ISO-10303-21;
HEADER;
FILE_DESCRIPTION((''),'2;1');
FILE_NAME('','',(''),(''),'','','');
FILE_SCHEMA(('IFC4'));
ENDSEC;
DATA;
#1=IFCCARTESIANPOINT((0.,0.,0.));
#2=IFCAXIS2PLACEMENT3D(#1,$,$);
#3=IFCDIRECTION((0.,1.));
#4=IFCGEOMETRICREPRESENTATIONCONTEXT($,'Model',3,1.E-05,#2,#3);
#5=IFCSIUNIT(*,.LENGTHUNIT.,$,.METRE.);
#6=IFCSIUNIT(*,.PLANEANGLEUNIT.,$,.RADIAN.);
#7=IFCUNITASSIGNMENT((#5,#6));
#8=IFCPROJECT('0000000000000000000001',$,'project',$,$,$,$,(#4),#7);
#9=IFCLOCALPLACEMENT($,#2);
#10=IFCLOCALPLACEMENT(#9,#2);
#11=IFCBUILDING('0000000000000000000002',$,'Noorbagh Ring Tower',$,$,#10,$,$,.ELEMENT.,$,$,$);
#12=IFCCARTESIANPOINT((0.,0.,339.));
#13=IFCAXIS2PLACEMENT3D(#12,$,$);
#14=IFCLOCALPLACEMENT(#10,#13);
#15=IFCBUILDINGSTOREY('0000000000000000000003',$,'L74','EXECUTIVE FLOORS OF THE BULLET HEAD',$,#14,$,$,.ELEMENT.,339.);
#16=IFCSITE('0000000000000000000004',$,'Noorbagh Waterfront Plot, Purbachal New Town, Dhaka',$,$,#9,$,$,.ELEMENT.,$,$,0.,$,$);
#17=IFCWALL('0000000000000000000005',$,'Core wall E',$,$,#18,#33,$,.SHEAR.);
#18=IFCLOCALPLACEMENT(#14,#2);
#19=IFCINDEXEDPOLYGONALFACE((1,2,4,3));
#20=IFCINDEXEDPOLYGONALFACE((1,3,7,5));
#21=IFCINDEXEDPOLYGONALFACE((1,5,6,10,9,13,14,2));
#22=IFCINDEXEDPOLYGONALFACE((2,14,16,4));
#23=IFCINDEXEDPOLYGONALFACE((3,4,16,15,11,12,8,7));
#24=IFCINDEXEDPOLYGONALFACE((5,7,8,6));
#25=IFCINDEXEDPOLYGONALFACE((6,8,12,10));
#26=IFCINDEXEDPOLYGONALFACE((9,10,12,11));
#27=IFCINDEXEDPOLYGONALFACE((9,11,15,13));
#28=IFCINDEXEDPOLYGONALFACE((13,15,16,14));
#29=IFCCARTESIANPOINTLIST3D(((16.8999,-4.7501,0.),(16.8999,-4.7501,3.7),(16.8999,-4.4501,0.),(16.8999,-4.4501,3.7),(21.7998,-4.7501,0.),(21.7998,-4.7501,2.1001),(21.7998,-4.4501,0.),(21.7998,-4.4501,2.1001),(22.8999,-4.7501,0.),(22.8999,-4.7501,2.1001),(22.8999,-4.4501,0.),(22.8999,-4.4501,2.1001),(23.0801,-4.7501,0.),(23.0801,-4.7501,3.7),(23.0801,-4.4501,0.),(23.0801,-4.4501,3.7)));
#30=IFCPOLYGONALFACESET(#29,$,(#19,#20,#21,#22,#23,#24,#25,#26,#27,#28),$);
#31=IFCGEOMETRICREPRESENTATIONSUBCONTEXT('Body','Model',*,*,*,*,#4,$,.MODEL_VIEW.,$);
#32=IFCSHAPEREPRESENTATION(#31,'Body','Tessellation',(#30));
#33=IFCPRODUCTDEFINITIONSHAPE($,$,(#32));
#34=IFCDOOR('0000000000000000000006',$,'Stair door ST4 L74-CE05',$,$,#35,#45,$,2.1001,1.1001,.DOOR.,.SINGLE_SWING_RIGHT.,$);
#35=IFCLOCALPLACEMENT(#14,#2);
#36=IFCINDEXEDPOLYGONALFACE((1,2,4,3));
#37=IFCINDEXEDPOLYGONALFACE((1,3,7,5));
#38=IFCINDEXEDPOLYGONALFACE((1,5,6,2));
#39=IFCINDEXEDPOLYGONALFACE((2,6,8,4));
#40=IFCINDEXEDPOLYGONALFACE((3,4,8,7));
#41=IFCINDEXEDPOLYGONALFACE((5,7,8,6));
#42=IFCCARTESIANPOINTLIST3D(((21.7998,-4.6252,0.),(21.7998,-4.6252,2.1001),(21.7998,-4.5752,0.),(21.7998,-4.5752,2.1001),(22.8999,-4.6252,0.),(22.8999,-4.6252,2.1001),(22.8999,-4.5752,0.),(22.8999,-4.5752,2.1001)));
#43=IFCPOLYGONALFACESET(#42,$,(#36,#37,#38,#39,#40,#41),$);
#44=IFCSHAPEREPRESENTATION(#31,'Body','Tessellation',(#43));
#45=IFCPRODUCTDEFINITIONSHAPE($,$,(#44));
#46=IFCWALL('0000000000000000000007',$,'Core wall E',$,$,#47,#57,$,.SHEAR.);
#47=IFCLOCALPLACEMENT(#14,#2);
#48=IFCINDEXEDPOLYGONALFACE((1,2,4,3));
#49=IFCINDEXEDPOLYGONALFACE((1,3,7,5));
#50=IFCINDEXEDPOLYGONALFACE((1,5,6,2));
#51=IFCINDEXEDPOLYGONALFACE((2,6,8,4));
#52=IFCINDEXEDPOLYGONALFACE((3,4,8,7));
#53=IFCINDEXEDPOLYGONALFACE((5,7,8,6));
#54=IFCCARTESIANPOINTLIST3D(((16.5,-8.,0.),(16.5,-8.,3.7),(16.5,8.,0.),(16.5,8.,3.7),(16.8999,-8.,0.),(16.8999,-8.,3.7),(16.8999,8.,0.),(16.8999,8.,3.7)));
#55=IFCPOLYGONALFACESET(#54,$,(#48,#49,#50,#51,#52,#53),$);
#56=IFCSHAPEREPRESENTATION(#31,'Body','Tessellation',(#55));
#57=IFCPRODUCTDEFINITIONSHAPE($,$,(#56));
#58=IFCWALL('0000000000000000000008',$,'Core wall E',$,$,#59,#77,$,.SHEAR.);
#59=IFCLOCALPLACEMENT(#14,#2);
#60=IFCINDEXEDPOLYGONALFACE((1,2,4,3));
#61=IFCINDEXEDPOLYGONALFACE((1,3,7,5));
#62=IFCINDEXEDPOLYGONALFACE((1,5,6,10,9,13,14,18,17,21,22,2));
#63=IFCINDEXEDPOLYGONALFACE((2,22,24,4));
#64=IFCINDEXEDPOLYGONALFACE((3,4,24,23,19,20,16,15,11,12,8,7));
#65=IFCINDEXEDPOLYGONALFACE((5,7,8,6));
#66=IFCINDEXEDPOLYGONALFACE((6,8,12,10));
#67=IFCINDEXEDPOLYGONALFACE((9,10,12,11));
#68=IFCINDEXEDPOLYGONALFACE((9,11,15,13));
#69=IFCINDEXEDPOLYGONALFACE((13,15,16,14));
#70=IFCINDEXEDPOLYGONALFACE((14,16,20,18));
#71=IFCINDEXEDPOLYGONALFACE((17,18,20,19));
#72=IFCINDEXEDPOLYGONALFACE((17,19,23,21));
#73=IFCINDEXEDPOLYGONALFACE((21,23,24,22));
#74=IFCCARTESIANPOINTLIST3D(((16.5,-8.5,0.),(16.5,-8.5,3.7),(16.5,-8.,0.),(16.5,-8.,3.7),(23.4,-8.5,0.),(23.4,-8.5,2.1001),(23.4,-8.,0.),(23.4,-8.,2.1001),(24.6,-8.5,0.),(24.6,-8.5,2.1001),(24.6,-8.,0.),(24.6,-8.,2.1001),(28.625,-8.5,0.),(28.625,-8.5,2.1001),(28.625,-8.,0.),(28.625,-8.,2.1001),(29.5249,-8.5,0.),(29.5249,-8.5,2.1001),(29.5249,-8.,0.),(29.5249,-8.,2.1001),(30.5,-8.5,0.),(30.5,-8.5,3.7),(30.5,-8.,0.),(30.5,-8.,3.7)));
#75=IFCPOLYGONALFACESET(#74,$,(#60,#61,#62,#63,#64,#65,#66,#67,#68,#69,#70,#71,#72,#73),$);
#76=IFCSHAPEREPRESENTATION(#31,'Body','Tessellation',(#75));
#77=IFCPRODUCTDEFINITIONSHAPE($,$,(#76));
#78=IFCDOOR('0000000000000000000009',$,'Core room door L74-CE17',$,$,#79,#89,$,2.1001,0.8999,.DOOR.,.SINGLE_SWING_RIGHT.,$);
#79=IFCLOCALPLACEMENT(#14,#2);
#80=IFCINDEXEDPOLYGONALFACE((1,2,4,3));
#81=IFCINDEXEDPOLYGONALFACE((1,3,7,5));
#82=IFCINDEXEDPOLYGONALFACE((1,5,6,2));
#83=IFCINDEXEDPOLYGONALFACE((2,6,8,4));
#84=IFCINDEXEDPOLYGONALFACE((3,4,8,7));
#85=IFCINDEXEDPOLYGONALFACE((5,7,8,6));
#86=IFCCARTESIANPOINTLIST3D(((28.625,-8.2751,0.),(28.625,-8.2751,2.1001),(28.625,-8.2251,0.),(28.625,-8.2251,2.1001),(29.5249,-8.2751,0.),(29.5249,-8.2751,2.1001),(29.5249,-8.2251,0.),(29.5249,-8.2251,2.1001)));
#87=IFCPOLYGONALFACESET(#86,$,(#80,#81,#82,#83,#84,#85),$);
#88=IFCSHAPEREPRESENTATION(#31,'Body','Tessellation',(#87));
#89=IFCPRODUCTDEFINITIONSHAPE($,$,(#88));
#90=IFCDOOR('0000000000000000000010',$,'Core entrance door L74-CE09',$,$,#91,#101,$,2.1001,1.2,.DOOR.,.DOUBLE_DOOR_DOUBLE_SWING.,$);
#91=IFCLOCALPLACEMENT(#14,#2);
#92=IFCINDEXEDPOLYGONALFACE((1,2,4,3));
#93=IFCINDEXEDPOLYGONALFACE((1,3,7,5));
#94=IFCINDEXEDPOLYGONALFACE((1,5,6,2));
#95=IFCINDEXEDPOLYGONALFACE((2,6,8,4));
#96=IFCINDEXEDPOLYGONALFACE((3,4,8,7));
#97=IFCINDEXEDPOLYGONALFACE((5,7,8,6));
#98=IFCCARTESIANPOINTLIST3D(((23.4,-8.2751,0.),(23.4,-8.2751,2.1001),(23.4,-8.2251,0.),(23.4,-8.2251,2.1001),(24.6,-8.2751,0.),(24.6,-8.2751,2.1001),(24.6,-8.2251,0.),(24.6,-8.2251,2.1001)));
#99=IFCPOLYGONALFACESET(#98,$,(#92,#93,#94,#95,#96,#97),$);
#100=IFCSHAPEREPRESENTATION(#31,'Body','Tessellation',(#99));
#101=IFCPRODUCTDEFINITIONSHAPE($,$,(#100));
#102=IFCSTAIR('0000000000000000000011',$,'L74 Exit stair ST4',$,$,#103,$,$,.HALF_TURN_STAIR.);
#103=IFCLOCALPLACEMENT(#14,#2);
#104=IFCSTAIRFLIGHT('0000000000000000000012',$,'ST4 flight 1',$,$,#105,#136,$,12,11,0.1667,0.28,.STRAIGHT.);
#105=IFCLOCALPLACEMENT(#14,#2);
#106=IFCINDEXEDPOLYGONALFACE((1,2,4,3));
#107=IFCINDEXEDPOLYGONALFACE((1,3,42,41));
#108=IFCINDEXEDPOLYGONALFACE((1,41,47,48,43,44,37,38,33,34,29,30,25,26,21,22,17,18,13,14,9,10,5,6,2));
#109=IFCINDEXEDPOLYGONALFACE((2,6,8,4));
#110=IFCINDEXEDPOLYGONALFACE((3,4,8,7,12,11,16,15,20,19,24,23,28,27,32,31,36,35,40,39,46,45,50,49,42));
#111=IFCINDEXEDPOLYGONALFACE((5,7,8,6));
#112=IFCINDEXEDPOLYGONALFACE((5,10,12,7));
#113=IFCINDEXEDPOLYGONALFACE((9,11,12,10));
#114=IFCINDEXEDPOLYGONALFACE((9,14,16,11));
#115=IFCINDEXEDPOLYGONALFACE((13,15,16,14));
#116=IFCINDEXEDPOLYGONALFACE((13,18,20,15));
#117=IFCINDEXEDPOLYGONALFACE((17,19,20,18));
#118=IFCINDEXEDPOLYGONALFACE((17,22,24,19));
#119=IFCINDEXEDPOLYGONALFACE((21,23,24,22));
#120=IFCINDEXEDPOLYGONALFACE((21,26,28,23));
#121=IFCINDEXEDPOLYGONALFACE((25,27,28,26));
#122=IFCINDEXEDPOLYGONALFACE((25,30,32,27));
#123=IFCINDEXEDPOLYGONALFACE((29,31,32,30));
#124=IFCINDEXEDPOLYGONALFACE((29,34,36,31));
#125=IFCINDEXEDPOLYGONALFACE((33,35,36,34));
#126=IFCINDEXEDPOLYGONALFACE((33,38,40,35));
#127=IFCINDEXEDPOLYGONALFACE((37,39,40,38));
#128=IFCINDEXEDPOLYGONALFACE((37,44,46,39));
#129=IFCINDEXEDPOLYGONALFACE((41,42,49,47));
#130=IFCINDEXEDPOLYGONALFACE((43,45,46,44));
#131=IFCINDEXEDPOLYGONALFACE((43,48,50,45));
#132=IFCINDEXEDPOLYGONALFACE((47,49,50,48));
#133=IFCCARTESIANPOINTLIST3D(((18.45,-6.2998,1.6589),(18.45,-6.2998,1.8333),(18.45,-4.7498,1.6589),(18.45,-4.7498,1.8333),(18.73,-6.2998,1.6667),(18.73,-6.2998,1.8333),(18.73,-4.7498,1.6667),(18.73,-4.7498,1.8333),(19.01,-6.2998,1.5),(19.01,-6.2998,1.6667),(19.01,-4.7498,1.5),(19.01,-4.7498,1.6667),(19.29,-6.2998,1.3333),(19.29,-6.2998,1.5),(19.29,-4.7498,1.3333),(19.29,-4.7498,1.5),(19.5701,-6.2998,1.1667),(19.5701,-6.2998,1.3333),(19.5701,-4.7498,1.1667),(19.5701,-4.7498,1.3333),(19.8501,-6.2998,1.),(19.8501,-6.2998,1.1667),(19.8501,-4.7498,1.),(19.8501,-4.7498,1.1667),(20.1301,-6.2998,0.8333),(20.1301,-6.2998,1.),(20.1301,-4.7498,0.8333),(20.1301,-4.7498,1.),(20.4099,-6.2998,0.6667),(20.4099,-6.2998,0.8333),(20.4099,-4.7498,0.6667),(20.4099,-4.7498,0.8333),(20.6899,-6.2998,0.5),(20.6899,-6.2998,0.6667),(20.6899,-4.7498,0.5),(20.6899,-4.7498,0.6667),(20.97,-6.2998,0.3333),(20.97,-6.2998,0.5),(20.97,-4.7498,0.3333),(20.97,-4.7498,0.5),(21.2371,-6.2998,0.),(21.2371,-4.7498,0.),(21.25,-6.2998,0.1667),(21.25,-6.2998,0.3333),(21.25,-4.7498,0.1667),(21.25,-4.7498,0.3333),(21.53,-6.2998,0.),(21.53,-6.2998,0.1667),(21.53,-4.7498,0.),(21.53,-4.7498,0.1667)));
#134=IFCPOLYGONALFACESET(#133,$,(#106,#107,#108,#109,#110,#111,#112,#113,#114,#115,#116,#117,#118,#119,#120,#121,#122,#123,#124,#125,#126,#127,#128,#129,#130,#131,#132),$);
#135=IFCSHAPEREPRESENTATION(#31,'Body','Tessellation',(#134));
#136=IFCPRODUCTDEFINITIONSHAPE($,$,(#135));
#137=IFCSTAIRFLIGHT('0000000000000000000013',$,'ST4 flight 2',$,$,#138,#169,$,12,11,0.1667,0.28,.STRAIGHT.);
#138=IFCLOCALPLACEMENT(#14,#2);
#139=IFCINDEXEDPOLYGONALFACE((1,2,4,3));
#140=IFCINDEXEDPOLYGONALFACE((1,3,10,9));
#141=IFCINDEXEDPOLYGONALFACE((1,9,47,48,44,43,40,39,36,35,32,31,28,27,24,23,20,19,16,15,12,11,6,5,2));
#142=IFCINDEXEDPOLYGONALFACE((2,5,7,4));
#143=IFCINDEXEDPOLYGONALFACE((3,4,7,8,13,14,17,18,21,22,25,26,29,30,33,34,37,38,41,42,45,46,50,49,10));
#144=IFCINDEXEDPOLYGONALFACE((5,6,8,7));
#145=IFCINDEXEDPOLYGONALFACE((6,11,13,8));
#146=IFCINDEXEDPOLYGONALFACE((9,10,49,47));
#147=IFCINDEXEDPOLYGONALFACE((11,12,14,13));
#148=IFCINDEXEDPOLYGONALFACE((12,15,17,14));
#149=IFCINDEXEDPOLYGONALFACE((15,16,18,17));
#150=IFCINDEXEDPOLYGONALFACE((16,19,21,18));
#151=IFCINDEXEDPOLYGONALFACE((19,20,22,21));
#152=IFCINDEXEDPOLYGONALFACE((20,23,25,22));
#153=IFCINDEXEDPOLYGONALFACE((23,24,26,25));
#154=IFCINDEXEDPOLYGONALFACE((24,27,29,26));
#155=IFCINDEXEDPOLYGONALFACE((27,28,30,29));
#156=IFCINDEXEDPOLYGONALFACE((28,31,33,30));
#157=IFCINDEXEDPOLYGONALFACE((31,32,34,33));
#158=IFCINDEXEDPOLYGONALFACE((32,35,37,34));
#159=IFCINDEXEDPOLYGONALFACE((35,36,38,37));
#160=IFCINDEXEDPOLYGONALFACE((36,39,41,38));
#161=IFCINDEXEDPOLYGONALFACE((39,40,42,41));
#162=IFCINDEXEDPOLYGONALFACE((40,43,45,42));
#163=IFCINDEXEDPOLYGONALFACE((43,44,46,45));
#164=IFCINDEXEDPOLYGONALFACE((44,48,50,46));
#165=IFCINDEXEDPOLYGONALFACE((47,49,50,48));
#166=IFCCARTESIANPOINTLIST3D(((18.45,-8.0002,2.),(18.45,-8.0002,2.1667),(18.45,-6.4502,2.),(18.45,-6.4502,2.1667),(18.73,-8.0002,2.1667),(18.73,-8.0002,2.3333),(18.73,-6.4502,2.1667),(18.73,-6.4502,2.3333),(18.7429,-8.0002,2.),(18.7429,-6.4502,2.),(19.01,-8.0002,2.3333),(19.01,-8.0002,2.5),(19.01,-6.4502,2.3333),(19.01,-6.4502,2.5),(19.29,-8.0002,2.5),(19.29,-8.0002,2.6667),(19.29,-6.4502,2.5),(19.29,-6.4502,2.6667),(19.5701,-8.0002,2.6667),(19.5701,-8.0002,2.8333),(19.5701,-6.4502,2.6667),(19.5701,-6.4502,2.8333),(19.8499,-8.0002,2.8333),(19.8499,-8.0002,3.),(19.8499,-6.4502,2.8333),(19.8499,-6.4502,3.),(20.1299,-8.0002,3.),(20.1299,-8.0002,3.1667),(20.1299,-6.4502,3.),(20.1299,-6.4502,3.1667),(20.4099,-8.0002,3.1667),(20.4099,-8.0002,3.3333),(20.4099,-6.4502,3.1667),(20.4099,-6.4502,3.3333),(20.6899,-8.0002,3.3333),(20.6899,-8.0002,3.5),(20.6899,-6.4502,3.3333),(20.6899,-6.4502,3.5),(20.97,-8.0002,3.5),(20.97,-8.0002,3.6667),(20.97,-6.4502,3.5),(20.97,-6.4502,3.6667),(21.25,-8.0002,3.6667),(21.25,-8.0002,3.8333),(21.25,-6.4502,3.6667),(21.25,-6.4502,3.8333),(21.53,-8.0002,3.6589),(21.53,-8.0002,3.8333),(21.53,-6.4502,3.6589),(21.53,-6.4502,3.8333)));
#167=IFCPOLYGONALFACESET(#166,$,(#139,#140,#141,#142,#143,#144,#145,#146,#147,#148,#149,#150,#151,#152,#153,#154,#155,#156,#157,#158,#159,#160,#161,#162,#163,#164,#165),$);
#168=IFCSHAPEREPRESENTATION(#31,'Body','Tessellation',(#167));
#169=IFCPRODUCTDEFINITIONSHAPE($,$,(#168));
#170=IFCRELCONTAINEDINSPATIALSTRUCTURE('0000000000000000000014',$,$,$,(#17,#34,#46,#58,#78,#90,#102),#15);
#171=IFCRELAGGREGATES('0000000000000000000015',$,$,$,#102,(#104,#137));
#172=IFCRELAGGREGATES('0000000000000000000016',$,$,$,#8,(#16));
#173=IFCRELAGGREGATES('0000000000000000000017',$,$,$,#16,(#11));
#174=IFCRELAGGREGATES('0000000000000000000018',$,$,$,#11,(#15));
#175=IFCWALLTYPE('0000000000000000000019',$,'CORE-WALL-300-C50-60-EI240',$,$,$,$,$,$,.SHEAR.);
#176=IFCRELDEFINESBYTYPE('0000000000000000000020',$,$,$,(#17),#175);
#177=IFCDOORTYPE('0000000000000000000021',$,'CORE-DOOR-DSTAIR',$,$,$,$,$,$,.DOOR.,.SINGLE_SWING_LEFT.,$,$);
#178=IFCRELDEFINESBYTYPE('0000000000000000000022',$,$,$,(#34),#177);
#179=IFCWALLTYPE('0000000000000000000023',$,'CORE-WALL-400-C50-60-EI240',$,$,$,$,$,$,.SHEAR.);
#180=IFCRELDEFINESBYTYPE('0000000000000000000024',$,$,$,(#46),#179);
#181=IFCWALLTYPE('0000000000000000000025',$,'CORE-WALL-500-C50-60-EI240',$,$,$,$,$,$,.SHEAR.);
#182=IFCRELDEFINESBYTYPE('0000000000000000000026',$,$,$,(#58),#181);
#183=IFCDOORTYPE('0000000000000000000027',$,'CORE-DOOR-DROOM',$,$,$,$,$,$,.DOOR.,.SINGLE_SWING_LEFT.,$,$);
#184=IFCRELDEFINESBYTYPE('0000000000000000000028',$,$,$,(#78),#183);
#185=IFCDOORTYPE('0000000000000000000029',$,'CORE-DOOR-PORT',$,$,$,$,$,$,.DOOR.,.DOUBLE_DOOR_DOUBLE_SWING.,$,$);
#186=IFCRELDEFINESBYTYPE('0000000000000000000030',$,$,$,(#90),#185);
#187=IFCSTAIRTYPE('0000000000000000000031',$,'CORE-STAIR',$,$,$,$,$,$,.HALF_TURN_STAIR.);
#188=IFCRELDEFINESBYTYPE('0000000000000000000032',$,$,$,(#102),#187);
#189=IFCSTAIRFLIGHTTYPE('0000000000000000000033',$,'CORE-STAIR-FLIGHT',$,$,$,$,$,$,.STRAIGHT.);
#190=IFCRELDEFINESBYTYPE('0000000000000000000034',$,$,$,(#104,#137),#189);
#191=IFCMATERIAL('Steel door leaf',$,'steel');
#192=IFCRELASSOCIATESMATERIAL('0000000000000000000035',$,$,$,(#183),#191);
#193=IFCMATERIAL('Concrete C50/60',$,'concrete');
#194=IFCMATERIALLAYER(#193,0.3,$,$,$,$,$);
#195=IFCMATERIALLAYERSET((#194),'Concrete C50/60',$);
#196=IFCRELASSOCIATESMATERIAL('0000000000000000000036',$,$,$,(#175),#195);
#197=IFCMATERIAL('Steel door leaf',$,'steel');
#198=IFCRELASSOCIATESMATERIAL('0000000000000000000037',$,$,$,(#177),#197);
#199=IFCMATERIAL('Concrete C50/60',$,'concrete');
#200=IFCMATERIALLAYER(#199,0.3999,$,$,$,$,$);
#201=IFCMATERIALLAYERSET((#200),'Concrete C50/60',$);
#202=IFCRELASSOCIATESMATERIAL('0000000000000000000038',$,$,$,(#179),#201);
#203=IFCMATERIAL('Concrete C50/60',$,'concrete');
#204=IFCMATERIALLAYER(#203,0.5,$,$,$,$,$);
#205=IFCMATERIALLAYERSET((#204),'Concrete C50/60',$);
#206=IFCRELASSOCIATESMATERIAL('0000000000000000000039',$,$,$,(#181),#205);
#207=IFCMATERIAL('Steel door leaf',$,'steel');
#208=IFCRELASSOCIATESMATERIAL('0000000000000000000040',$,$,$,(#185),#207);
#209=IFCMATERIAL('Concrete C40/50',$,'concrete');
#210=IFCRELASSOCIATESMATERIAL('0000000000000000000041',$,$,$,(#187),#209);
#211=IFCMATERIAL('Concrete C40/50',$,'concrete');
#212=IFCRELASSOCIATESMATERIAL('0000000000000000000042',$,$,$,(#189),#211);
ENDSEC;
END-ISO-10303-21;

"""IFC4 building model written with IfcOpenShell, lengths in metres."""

from ifc_helpers import new_model, si_unit, direction, frame, frame_2d, origin, place, context, subcontext, project, spatial, polyline, rectangle, outline, extrude, material, layer, layer_set, type_object, element, fill, aggregate, save


model = new_model("IFC4")

# Units and contexts
model_context = context("Model", 3, precision=1e-05, world=origin(), true_north=direction((0.0, 1.0)))
body_context = subcontext(model_context, "Body", "Model", "MODEL_VIEW")
ifc_project = project(units=[si_unit("LENGTHUNIT", "METRE"), si_unit("PLANEANGLEUNIT", "RADIAN")], contexts=[model_context])

# Site, building, storey
site_placement = place(None, origin())
site = spatial("IfcSite", under=ifc_project, at=site_placement, Name="Noorbagh Waterfront Plot, Purbachal New Town, Dhaka", CompositionType="ELEMENT", RefElevation=0.0)
building_placement = place(site_placement, origin())
building = spatial("IfcBuilding", under=site, at=building_placement, Name="Noorbagh Ring Tower", CompositionType="ELEMENT")
storey_placement = place(building_placement, frame((0.0, 0.0, 339.0)))
storey = spatial("IfcBuildingStorey", under=building, at=storey_placement, Name="L74", Description="EXECUTIVE FLOORS OF THE BULLET HEAD", CompositionType="ELEMENT", Elevation=339.0)

# Shared definitions
ifc_material_1 = material(Name="Steel door leaf", Category="steel")
door_type_1 = type_object("IfcDoorType", Name="CORE-DOOR-DROOM", OperationType="SINGLE_SWING_LEFT", PredefinedType="DOOR", material=ifc_material_1)

# Wall, opening, door
ifc_material_2 = material(Name="Concrete C50/60", Category="concrete")
ifc_layer_1 = layer(ifc_material_2, 0.3)
ifc_layer_set_1 = layer_set([ifc_layer_1], Name="Concrete C50/60")
wall_type_1 = type_object("IfcWallType", Name="CORE-WALL-300-C50-60-EI240", PredefinedType="SHEAR", material=ifc_layer_set_1)
wall_1_placement = place(storey_placement, frame((16.8999, -4.6001, 0.0), z_axis=(0.0, 0.0, 1.0), x_axis=(1.0, 0.0, 0.0)))
wall_1 = element("IfcWall", 1, at=wall_1_placement, inside=storey, type_object=wall_type_1, Name="Core wall E", PredefinedType="SHEAR", context=body_context, shape_type="SweptSolid", body=[
    extrude(rectangle(XDim=6.1802, YDim=0.3, at=frame_2d((3.0901, 0.0))), origin(), (0.0, 0.0, 1.0), 3.7),
])
opening_1_placement = place(wall_1_placement, frame((4.8999, 0.0, 0.0)))
opening_1 = element("IfcOpeningElement", 2, at=opening_1_placement, cuts=wall_1, PredefinedType="OPENING", context=body_context, shape_type="SweptSolid", body=[
    extrude(rectangle(XDim=1.1001, YDim=2.1001, at=frame_2d((0.55, 1.05))), frame((0.0, 0.1602, 0.0), z_axis=(0.0, -1.0, 0.0), x_axis=(1.0, 0.0, 0.0)), (0.0, 0.0, 1.0), 0.3201),
])
ifc_material_3 = material(Name="Steel door leaf", Category="steel")
door_type_2 = type_object("IfcDoorType", Name="CORE-DOOR-DSTAIR", OperationType="SINGLE_SWING_LEFT", PredefinedType="DOOR", material=ifc_material_3)
door_1_placement = place(opening_1_placement, origin())
door_1 = element("IfcDoor", 3, at=door_1_placement, inside=storey, type_object=door_type_2, Name="Stair door ST4 L74-CE05", OperationType="SINGLE_SWING_RIGHT", OverallHeight=2.1001, OverallWidth=1.1001, PredefinedType="DOOR", context=body_context, shape_type="SweptSolid", body=[
    extrude(rectangle(XDim=1.1001, YDim=2.1001, at=frame_2d((0.55, 1.05))), frame((0.0, 0.0249, 0.0), z_axis=(0.0, -1.0, 0.0), x_axis=(1.0, 0.0, 0.0)), (0.0, 0.0, 1.0), 0.05),
])
fill(opening_1, door_1)

# Wall
ifc_material_4 = material(Name="Concrete C50/60", Category="concrete")
ifc_layer_2 = layer(ifc_material_4, 0.3999)
ifc_layer_set_2 = layer_set([ifc_layer_2], Name="Concrete C50/60")
wall_type_2 = type_object("IfcWallType", Name="CORE-WALL-400-C50-60-EI240", PredefinedType="SHEAR", material=ifc_layer_set_2)
wall_2_placement = place(storey_placement, frame((16.7, -8.0, 0.0), z_axis=(0.0, 0.0, 1.0), x_axis=(0.0, 1.0, 0.0)))
element("IfcWall", 4, at=wall_2_placement, inside=storey, type_object=wall_type_2, Name="Core wall E", PredefinedType="SHEAR", context=body_context, shape_type="SweptSolid", body=[
    extrude(rectangle(XDim=16.0, YDim=0.3999, at=frame_2d((8.0, 0.0))), origin(), (0.0, 0.0, 1.0), 3.7),
])

# Wall, openings, doors
ifc_material_5 = material(Name="Concrete C50/60", Category="concrete")
ifc_layer_3 = layer(ifc_material_5, 0.5)
ifc_layer_set_3 = layer_set([ifc_layer_3], Name="Concrete C50/60")
wall_type_3 = type_object("IfcWallType", Name="CORE-WALL-500-C50-60-EI240", PredefinedType="SHEAR", material=ifc_layer_set_3)
wall_3_placement = place(storey_placement, frame((16.5, -8.25, 0.0), z_axis=(0.0, 0.0, 1.0), x_axis=(1.0, 0.0, 0.0)))
wall_3 = element("IfcWall", 5, at=wall_3_placement, inside=storey, type_object=wall_type_3, Name="Core wall E", PredefinedType="SHEAR", context=body_context, shape_type="SweptSolid", body=[
    extrude(rectangle(XDim=14.0, YDim=0.5, at=frame_2d((7.0, 0.0))), origin(), (0.0, 0.0, 1.0), 3.7),
])
opening_2_placement = place(wall_3_placement, frame((6.8999, 0.0, 0.0)))
opening_2 = element("IfcOpeningElement", 6, at=opening_2_placement, cuts=wall_3, PredefinedType="OPENING", context=body_context, shape_type="SweptSolid", body=[
    extrude(rectangle(XDim=1.2, YDim=2.1001, at=frame_2d((0.6001, 1.05))), frame((0.0, 0.26, 0.0), z_axis=(0.0, -1.0, 0.0), x_axis=(1.0, 0.0, 0.0)), (0.0, 0.0, 1.0), 0.52),
])
opening_3_placement = place(wall_3_placement, frame((12.125, 0.0, 0.0)))
opening_3 = element("IfcOpeningElement", 7, at=opening_3_placement, cuts=wall_3, PredefinedType="OPENING", context=body_context, shape_type="SweptSolid", body=[
    extrude(rectangle(XDim=0.8999, YDim=2.1001, at=frame_2d((0.45, 1.05))), frame((0.0, 0.26, 0.0), z_axis=(0.0, -1.0, 0.0), x_axis=(1.0, 0.0, 0.0)), (0.0, 0.0, 1.0), 0.52),
])
door_2_placement = place(opening_3_placement, origin())
door_2 = element("IfcDoor", 8, at=door_2_placement, inside=storey, type_object=door_type_1, Name="Core room door L74-CE17", OperationType="SINGLE_SWING_RIGHT", OverallHeight=2.1001, OverallWidth=0.8999, PredefinedType="DOOR", context=body_context, shape_type="SweptSolid", body=[
    extrude(rectangle(XDim=0.8999, YDim=2.1001, at=frame_2d((0.45, 1.05))), frame((0.0, 0.0249, 0.0), z_axis=(0.0, -1.0, 0.0), x_axis=(1.0, 0.0, 0.0)), (0.0, 0.0, 1.0), 0.05),
])
fill(opening_3, door_2)
ifc_material_6 = material(Name="Steel door leaf", Category="steel")
door_type_3 = type_object("IfcDoorType", Name="CORE-DOOR-PORT", OperationType="DOUBLE_DOOR_DOUBLE_SWING", PredefinedType="DOOR", material=ifc_material_6)
door_3_placement = place(opening_2_placement, origin())
door_3 = element("IfcDoor", 9, at=door_3_placement, inside=storey, type_object=door_type_3, Name="Core entrance door L74-CE09", OperationType="DOUBLE_DOOR_DOUBLE_SWING", OverallHeight=2.1001, OverallWidth=1.2, PredefinedType="DOOR", context=body_context, shape_type="SweptSolid", body=[
    extrude(rectangle(XDim=1.2, YDim=2.1001, at=frame_2d((0.6001, 1.05))), frame((0.0, 0.0249, 0.0), z_axis=(0.0, -1.0, 0.0), x_axis=(1.0, 0.0, 0.0)), (0.0, 0.0, 1.0), 0.05),
])
fill(opening_2, door_3)

# Stair, stair flights
ifc_material_7 = material(Name="Concrete C40/50", Category="concrete")
stair_type = type_object("IfcStairType", Name="CORE-STAIR", PredefinedType="HALF_TURN_STAIR", material=ifc_material_7)
stair_placement = place(storey_placement, origin())
stair = element("IfcStair", 10, at=stair_placement, inside=storey, type_object=stair_type, Name="L74 Exit stair ST4", PredefinedType="HALF_TURN_STAIR")
ifc_material_8 = material(Name="Concrete C40/50", Category="concrete")
stair_flight_type = type_object("IfcStairFlightType", Name="CORE-STAIR-FLIGHT", PredefinedType="STRAIGHT", material=ifc_material_8)
stair_flight_1_placement = place(storey_placement, frame((21.53, -5.5249, 0.0), z_axis=(0.0, 0.0, 1.0), x_axis=(-1.0, 0.0, 0.0)))
stair_flight_1 = element("IfcStairFlight", 11, at=stair_flight_1_placement, type_object=stair_flight_type, Name="ST4 flight 1", NumberOfRisers=12, NumberOfTreads=11, PredefinedType="STRAIGHT", RiserHeight=0.1667, TreadLength=0.28, context=body_context, shape_type="SweptSolid", body=[
    extrude(outline(polyline([(0.0, 0.0), (0.0, 0.1667), (0.28, 0.1667), (0.28, 0.3333), (0.5601, 0.3333), (0.5601, 0.5), (0.8401, 0.5), (0.8401, 0.6667), (1.1201, 0.6667), (1.1201, 0.8333), (1.3999, 0.8333), (1.3999, 1.0), (1.6799, 1.0), (1.6799, 1.1667), (1.96, 1.1667), (1.96, 1.3333), (2.24, 1.3333), (2.24, 1.5), (2.52, 1.5), (2.52, 1.6667), (2.8, 1.6667), (2.8, 1.8333), (3.0801, 1.8333), (3.0801, 2.0), (3.0801, 1.6589), (0.293, 0.0), (0.0, 0.0)])), frame((0.0, 0.7749, 0.0), z_axis=(0.0, -1.0, 0.0), x_axis=(1.0, 0.0, 0.0)), (0.0, 0.0, 1.0), 1.55),
])
stair_flight_2_placement = place(storey_placement, frame((18.45, -7.2251, 2.0), z_axis=(0.0, 0.0, 1.0), x_axis=(1.0, 0.0, 0.0)))
stair_flight_2 = element("IfcStairFlight", 12, at=stair_flight_2_placement, type_object=stair_flight_type, Name="ST4 flight 2", NumberOfRisers=12, NumberOfTreads=11, PredefinedType="STRAIGHT", RiserHeight=0.1667, TreadLength=0.28, context=body_context, shape_type="SweptSolid", body=[
    extrude(outline(polyline([(0.0, 0.0), (0.0, 0.1667), (0.28, 0.1667), (0.28, 0.3333), (0.5601, 0.3333), (0.5601, 0.5), (0.8401, 0.5), (0.8401, 0.6667), (1.1201, 0.6667), (1.1201, 0.8333), (1.3999, 0.8333), (1.3999, 1.0), (1.6799, 1.0), (1.6799, 1.1667), (1.96, 1.1667), (1.96, 1.3333), (2.24, 1.3333), (2.24, 1.5), (2.52, 1.5), (2.52, 1.6667), (2.8, 1.6667), (2.8, 1.8333), (3.0801, 1.8333), (3.0801, 2.0), (3.0801, 1.6589), (0.293, 0.0), (0.0, 0.0)])), frame((0.0, 0.7749, 0.0), z_axis=(0.0, -1.0, 0.0), x_axis=(1.0, 0.0, 0.0)), (0.0, 0.0, 1.0), 1.55),
])
aggregate(stair, [stair_flight_1, stair_flight_2])

save(model, "model.ifc")
